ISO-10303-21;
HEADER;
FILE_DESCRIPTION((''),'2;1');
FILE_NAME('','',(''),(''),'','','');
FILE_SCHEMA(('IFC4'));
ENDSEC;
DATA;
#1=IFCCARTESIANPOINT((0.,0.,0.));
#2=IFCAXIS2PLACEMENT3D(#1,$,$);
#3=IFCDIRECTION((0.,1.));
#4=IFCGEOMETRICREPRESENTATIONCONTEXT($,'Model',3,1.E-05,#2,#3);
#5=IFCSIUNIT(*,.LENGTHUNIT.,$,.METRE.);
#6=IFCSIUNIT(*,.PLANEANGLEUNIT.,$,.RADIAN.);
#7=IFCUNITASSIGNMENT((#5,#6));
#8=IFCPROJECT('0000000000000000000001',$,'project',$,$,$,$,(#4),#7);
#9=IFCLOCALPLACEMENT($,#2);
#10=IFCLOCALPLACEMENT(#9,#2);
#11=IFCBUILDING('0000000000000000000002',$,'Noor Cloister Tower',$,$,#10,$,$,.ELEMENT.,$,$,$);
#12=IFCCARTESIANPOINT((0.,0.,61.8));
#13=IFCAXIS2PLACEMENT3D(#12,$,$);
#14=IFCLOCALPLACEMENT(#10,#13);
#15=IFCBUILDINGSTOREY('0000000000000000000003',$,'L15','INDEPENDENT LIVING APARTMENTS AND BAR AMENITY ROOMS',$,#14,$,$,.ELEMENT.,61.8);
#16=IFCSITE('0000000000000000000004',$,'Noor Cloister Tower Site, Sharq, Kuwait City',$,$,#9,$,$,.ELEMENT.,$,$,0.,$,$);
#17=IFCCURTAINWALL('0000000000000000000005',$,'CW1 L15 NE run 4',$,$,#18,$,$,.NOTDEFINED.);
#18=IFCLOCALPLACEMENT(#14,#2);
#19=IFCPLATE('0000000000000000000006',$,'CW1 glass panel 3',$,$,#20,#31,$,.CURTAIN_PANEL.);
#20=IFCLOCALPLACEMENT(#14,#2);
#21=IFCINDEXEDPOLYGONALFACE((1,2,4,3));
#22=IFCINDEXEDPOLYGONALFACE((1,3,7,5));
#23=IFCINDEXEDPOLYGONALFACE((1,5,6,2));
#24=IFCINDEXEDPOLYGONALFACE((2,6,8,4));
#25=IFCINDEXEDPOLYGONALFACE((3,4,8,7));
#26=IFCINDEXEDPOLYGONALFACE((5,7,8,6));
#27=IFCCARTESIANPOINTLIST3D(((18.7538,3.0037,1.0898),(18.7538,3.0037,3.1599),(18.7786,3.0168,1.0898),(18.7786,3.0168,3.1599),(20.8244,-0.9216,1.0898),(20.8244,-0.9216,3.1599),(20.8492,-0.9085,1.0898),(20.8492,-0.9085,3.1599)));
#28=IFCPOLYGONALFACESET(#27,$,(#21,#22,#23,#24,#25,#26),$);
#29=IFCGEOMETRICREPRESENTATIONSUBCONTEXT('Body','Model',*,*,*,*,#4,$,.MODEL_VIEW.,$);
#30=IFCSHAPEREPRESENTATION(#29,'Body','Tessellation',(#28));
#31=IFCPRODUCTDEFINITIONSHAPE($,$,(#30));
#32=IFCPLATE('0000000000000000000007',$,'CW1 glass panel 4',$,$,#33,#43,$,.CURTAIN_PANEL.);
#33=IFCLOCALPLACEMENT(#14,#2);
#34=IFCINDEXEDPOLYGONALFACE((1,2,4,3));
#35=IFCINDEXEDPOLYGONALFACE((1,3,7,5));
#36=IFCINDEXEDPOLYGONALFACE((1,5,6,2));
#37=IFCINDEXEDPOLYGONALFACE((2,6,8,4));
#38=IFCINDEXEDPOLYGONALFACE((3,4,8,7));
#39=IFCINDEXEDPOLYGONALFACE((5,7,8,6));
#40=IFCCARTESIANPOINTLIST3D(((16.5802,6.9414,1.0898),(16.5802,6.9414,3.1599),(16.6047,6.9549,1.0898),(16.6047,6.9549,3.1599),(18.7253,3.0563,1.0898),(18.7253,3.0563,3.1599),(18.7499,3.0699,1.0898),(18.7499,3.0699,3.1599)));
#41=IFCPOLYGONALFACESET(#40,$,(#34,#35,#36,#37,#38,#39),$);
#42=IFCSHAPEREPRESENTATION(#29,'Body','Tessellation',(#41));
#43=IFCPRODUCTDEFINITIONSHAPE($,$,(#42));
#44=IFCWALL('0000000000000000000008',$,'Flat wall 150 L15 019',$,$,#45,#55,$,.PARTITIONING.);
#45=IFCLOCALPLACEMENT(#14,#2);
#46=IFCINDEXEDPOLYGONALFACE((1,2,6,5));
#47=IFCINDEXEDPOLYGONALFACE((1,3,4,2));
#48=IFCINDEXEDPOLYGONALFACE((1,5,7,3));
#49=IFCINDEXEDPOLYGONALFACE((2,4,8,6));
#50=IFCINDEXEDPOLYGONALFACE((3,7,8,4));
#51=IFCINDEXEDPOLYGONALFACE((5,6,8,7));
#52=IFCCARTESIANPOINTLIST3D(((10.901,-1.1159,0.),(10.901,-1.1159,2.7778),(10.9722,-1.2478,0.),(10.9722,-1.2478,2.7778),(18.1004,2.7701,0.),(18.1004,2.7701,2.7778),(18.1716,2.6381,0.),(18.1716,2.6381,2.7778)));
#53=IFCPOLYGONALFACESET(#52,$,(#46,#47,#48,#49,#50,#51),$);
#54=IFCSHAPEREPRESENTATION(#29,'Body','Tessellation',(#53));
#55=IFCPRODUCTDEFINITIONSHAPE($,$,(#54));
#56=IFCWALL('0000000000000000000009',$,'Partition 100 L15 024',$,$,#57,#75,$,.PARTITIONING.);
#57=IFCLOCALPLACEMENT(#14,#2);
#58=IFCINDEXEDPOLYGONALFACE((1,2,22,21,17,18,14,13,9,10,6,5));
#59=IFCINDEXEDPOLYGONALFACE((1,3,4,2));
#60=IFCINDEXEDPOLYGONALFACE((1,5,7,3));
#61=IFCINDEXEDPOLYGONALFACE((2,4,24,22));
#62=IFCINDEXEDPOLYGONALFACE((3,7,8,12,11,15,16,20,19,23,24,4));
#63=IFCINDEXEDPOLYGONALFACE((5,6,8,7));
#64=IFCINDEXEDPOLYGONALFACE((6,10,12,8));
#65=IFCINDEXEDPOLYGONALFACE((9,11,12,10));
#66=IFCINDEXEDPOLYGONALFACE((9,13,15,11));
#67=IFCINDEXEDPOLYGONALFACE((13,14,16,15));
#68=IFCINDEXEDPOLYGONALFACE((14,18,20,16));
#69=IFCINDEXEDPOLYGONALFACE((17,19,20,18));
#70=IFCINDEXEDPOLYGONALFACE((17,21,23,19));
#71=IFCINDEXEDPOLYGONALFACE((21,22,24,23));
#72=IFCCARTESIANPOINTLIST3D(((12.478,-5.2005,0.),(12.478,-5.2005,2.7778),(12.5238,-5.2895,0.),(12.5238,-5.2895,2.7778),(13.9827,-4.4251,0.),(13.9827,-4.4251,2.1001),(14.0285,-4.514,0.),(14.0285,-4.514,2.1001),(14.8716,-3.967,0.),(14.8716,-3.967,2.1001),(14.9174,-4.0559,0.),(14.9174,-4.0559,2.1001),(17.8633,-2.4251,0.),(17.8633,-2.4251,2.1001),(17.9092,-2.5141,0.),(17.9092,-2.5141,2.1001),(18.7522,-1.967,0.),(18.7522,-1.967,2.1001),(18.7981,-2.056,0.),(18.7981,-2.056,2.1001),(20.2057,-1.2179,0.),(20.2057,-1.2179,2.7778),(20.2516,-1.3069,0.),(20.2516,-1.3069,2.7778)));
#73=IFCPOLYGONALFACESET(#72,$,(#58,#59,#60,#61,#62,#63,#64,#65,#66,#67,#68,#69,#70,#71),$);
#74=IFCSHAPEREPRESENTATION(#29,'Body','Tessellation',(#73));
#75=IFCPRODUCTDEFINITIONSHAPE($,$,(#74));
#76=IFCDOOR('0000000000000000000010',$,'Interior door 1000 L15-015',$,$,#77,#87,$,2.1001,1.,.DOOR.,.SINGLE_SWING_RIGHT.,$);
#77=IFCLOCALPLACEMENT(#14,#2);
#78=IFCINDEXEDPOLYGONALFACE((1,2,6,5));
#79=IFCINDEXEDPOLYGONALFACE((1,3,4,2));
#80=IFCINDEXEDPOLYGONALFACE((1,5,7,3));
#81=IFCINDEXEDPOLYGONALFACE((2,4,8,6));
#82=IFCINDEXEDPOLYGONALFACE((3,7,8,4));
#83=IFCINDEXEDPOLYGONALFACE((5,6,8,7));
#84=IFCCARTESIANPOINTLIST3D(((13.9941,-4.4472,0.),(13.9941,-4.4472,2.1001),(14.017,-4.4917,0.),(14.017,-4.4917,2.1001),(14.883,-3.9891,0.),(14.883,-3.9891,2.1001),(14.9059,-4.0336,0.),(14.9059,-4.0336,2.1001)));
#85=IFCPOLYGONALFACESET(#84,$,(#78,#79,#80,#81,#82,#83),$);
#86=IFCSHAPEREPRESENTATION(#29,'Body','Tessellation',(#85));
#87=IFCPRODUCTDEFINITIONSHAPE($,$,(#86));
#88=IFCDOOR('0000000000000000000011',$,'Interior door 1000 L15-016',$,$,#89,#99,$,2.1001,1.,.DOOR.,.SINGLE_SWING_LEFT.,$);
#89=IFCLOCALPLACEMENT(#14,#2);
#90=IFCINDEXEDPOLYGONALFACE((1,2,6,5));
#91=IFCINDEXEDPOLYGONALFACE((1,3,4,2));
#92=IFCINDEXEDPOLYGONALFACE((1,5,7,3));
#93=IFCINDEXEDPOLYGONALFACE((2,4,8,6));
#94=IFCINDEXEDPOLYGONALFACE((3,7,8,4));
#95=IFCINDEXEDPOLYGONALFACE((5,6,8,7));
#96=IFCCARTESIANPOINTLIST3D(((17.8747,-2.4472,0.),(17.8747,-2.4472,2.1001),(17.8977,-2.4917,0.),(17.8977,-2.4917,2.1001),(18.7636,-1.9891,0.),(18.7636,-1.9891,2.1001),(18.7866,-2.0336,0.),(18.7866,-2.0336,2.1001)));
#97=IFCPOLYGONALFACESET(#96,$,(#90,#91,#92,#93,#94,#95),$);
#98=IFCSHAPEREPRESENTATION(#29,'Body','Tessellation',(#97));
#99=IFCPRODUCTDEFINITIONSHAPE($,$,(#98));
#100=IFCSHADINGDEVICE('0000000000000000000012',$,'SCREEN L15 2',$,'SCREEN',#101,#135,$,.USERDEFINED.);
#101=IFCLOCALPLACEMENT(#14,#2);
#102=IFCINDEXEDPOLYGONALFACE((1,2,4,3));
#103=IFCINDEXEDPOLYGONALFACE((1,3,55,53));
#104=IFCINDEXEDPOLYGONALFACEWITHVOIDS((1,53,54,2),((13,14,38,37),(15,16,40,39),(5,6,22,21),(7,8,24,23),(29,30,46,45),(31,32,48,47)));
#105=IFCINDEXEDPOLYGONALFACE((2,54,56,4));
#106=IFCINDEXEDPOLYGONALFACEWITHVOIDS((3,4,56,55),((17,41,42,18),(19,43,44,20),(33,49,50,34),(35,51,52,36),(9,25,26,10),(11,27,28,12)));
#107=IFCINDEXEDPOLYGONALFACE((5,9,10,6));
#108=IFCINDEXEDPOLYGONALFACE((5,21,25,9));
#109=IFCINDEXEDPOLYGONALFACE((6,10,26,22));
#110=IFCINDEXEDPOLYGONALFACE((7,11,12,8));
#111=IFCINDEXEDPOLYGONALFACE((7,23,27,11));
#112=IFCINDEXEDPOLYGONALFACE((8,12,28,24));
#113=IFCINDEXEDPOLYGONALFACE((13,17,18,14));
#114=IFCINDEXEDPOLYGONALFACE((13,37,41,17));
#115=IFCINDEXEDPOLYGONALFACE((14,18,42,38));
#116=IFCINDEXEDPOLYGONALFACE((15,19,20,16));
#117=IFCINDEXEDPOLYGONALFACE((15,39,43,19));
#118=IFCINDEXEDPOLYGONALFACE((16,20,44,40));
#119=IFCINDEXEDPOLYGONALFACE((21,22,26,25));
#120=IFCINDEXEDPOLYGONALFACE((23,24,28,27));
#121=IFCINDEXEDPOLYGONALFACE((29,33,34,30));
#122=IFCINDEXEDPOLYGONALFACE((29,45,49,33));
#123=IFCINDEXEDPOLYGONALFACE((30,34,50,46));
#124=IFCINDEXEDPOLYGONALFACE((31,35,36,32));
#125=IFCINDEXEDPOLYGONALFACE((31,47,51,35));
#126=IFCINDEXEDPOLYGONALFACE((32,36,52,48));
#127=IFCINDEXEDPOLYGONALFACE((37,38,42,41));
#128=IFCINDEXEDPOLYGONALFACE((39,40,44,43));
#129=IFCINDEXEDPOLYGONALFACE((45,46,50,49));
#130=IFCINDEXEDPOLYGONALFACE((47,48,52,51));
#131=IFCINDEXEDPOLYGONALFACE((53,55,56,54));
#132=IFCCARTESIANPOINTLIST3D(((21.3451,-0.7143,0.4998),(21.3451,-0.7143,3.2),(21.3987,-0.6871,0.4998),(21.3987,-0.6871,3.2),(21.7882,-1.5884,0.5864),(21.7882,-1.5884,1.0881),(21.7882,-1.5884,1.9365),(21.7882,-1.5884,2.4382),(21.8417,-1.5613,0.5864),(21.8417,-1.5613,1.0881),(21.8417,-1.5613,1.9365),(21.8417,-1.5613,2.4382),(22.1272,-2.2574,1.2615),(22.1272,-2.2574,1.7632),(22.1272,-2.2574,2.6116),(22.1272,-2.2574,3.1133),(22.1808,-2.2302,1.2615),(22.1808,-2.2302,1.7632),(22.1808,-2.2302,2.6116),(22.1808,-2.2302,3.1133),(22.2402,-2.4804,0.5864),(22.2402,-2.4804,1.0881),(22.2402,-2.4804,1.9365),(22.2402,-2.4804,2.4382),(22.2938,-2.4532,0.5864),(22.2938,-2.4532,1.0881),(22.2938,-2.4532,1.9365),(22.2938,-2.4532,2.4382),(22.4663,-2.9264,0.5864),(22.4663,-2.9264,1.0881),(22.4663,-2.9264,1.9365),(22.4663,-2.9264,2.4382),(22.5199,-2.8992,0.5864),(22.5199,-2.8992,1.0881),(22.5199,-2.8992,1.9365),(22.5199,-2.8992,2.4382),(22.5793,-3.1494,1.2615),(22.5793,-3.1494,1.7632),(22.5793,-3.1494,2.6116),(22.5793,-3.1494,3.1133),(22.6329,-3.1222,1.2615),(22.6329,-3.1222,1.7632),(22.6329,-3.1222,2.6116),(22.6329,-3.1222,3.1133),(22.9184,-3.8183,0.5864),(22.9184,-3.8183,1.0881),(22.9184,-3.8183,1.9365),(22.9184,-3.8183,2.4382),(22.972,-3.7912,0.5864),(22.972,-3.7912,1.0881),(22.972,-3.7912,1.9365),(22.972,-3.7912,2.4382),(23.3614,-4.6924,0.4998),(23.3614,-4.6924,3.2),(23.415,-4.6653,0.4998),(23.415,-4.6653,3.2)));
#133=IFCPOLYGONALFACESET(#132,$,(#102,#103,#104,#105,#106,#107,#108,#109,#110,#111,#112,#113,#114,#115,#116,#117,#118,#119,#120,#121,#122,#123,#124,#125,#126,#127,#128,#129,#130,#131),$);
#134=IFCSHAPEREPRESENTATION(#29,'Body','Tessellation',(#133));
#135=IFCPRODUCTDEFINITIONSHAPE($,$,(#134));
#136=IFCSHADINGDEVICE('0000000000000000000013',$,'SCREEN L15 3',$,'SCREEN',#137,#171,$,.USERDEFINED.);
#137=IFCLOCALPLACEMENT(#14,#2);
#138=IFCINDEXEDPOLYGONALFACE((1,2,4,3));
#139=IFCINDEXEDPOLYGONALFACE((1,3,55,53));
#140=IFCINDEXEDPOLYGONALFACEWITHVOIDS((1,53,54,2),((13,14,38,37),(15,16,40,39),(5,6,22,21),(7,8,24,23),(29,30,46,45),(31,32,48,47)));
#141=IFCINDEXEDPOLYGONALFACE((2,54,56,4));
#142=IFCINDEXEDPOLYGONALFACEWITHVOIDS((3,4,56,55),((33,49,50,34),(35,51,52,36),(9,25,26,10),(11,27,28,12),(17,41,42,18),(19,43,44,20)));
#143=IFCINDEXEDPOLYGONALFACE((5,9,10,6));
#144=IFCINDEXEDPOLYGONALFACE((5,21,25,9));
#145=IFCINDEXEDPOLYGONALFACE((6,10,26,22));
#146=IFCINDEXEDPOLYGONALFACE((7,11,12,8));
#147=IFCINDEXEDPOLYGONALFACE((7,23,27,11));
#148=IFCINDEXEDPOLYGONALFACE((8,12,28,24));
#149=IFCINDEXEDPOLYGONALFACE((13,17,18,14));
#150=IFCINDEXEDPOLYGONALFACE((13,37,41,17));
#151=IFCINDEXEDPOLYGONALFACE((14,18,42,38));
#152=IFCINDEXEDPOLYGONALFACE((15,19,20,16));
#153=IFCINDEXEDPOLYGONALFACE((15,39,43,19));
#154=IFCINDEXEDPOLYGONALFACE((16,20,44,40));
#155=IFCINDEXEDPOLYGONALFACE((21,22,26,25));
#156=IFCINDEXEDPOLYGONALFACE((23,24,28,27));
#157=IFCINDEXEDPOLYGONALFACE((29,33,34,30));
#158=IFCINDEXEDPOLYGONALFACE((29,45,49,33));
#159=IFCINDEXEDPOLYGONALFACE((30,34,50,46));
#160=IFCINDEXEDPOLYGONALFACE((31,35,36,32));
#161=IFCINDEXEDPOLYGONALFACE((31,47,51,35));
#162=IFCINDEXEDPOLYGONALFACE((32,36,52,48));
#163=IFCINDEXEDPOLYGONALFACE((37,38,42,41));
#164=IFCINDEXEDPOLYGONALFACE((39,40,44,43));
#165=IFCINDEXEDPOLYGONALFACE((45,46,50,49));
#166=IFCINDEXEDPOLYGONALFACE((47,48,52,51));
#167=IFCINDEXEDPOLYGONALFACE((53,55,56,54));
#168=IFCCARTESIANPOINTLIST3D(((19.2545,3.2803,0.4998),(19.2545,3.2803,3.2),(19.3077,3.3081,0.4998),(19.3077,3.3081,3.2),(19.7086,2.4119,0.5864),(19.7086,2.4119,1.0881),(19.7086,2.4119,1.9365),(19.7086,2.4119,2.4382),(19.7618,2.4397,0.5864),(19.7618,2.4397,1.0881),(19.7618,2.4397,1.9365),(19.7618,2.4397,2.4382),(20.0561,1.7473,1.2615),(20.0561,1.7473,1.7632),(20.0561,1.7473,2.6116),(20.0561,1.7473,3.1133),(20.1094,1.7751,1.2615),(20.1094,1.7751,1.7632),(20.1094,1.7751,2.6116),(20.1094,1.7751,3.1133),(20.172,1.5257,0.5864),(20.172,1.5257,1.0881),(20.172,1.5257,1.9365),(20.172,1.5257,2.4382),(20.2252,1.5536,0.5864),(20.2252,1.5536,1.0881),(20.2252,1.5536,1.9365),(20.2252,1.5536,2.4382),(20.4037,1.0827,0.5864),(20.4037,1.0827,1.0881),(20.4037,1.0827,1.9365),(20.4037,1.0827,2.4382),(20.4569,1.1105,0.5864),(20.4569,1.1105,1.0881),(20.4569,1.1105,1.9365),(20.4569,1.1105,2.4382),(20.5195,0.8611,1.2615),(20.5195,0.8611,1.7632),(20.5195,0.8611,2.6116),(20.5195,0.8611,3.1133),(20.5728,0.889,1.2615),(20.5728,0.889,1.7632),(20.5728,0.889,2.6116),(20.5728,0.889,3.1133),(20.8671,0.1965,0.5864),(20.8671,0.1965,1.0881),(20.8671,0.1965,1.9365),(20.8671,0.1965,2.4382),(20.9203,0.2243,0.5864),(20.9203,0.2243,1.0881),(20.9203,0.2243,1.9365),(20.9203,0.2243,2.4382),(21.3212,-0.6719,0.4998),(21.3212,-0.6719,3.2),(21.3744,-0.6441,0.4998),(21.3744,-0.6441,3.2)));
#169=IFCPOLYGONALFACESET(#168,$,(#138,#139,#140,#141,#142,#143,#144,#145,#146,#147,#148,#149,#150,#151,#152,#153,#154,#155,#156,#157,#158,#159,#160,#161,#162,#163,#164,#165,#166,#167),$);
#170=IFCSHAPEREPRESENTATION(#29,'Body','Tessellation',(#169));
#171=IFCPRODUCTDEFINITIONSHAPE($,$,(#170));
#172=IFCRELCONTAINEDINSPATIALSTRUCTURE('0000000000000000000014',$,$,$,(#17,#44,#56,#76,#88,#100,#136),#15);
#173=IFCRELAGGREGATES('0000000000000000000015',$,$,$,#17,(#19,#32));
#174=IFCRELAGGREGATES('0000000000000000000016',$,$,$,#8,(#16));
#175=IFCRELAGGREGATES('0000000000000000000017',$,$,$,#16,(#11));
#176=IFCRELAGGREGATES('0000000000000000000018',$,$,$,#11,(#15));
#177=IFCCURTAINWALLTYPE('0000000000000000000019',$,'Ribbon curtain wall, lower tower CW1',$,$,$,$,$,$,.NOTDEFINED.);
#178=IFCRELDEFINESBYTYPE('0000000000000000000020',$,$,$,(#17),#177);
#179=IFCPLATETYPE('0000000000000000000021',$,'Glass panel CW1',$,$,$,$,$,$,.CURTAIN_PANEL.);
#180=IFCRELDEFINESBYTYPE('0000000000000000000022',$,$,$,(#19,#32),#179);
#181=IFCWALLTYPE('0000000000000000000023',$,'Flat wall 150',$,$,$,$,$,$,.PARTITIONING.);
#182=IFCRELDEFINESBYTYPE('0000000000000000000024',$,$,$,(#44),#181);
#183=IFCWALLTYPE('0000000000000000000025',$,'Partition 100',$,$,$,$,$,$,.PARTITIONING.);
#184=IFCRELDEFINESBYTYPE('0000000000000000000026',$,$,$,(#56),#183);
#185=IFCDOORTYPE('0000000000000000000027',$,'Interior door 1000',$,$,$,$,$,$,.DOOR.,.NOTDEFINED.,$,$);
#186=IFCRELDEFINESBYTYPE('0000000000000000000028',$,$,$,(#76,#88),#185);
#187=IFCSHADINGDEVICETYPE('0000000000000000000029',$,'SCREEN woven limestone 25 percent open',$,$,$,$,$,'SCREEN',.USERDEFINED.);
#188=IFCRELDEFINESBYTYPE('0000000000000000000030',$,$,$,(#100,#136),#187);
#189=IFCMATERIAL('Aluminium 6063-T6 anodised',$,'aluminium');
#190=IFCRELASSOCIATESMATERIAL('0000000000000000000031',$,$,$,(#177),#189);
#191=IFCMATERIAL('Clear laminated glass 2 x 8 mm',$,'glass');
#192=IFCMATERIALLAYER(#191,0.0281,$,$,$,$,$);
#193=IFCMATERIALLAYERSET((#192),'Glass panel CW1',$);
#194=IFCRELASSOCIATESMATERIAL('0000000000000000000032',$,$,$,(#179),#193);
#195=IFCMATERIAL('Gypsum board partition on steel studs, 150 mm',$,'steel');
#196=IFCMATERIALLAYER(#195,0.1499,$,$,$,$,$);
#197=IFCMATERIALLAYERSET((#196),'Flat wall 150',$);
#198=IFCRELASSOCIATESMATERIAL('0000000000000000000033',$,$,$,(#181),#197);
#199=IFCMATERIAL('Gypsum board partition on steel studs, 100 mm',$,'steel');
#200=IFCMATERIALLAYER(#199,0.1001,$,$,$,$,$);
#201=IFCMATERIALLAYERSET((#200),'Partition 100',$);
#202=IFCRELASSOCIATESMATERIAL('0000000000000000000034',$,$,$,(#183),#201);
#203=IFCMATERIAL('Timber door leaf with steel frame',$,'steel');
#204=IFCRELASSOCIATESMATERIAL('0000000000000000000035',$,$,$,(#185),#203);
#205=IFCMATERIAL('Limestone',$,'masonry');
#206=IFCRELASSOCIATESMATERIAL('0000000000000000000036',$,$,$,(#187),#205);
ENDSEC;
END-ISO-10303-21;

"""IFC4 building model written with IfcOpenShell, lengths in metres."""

from ifc_helpers import new_model, si_unit, direction, frame, frame_2d, origin, origin_2d, place, context, subcontext, project, spatial, polyline, rectangle, outline, extrude, material, layer, layer_set, material_profile, profile_set, type_object, element, fill, aggregate, save


model = new_model("IFC4")

# Units and contexts
model_context = context("Model", 3, precision=1e-05, world=origin(), true_north=direction((0.0, 1.0)))
body_context = subcontext(model_context, "Body", "Model", "MODEL_VIEW")
ifc_project = project(units=[si_unit("LENGTHUNIT", "METRE"), si_unit("PLANEANGLEUNIT", "RADIAN")], contexts=[model_context])

# Site, building, storey
site_placement = place(None, origin())
site = spatial("IfcSite", under=ifc_project, at=site_placement, Name="Noor Cloister Tower Site, Sharq, Kuwait City", CompositionType="ELEMENT", RefElevation=0.0)
building_placement = place(site_placement, origin())
building = spatial("IfcBuilding", under=site, at=building_placement, Name="Noor Cloister Tower", CompositionType="ELEMENT")
storey_placement = place(building_placement, frame((0.0, 0.0, 61.8)))
storey = spatial("IfcBuildingStorey", under=building, at=storey_placement, Name="L15", Description="INDEPENDENT LIVING APARTMENTS AND BAR AMENITY ROOMS", CompositionType="ELEMENT", Elevation=61.8)

# Curtain wall
ifc_material_1 = material(Name="Aluminium 6063-T6 anodised", Category="aluminium")
curtain_wall_type = type_object("IfcCurtainWallType", Name="Ribbon curtain wall, lower tower CW1", PredefinedType="NOTDEFINED", material=ifc_material_1)
curtain_wall_placement = place(storey_placement, origin())
curtain_wall = element("IfcCurtainWall", 1, at=curtain_wall_placement, inside=storey, type_object=curtain_wall_type, Name="CW1 L15 NE run 4", PredefinedType="NOTDEFINED")

# Plates
ifc_material_2 = material(Name="Clear laminated glass 2 x 8 mm", Category="glass")
ifc_layer_1 = layer(ifc_material_2, 0.0281)
ifc_layer_set_1 = layer_set([ifc_layer_1], Name="Glass panel CW1")
plate_type = type_object("IfcPlateType", Name="Glass panel CW1", PredefinedType="CURTAIN_PANEL", material=ifc_layer_set_1)
plate_1_placement = place(storey_placement, frame((19.8015, 1.0476, 1.0898), z_axis=(0.0, 0.0, 1.0), x_axis=(-0.466568, 0.884486, 0.0)))
plate_1 = element("IfcPlate", 2, at=plate_1_placement, type_object=plate_type, Name="CW1 glass panel 3", PredefinedType="CURTAIN_PANEL", context=body_context, shape_type="SweptSolid", body=[
    extrude(rectangle(XDim=4.438, YDim=0.0281, at=origin_2d()), origin(), (0.0, 0.0, 1.0), 2.0701),
])
plate_2_placement = place(storey_placement, frame((17.665, 5.0056, 1.0898), z_axis=(0.0, 0.0, 1.0), x_axis=(-0.483372, 0.875415, 0.0)))
plate_2 = element("IfcPlate", 3, at=plate_2_placement, type_object=plate_type, Name="CW1 glass panel 4", PredefinedType="CURTAIN_PANEL", context=body_context, shape_type="SweptSolid", body=[
    extrude(rectangle(XDim=4.438, YDim=0.0281, at=origin_2d()), origin(), (0.0, 0.0, 1.0), 2.0701),
])
aggregate(curtain_wall, [plate_1, plate_2])

# Wall
ifc_material_3 = material(Name="Gypsum board partition on steel studs, 150 mm", Category="steel")
ifc_layer_2 = layer(ifc_material_3, 0.1499)
ifc_layer_set_2 = layer_set([ifc_layer_2], Name="Flat wall 150")
wall_type_1 = type_object("IfcWallType", Name="Flat wall 150", PredefinedType="PARTITIONING", material=ifc_layer_set_2)
wall_1_placement = place(storey_placement, frame((18.136, 2.7041, 0.0), z_axis=(0.0, 0.0, 1.0), x_axis=(-0.879993, -0.474986, 0.0)))
element("IfcWall", 4, at=wall_1_placement, inside=storey, type_object=wall_type_1, Name="Flat wall 150 L15 019", PredefinedType="PARTITIONING", context=body_context, shape_type="SweptSolid", body=[
    extrude(rectangle(XDim=8.1812, YDim=0.1499, at=frame_2d((4.0906, 0.0))), origin(), (0.0, 0.0, 1.0), 2.7778),
])

# Wall, openings, doors
ifc_material_4 = material(Name="Gypsum board partition on steel studs, 100 mm", Category="steel")
ifc_layer_3 = layer(ifc_material_4, 0.1001)
ifc_layer_set_3 = layer_set([ifc_layer_3], Name="Partition 100")
wall_type_2 = type_object("IfcWallType", Name="Partition 100", PredefinedType="PARTITIONING", material=ifc_layer_set_3)
wall_2_placement = place(storey_placement, frame((20.2285, -1.2625, 0.0), z_axis=(0.0, 0.0, 1.0), x_axis=(-0.888896, -0.45811, 0.0)))
wall_2 = element("IfcWall", 5, at=wall_2_placement, inside=storey, type_object=wall_type_2, Name="Partition 100 L15 024", PredefinedType="PARTITIONING", context=body_context, shape_type="SweptSolid", body=[
    extrude(rectangle(XDim=8.6936, YDim=0.1001, at=frame_2d((4.3467, 0.0))), origin(), (0.0, 0.0, 1.0), 2.7778),
])
opening_1_placement = place(wall_2_placement, frame((6.0007, 0.0, 0.0)))
opening_1 = element("IfcOpeningElement", 6, at=opening_1_placement, cuts=wall_2, PredefinedType="OPENING", context=body_context, shape_type="SweptSolid", body=[
    extrude(rectangle(XDim=1.0, YDim=2.1001, at=frame_2d((0.5, 1.05))), frame((0.0, 0.0601, 0.0), z_axis=(0.0, -1.0, 0.0), x_axis=(1.0, 0.0, 0.0)), (0.0, 0.0, 1.0), 0.1201),
])
opening_2_placement = place(wall_2_placement, frame((1.635, 0.0, 0.0)))
opening_2 = element("IfcOpeningElement", 7, at=opening_2_placement, cuts=wall_2, PredefinedType="OPENING", context=body_context, shape_type="SweptSolid", body=[
    extrude(rectangle(XDim=1.0, YDim=2.1001, at=frame_2d((0.5, 1.05))), frame((0.0, 0.0601, 0.0), z_axis=(0.0, -1.0, 0.0), x_axis=(1.0, 0.0, 0.0)), (0.0, 0.0, 1.0), 0.1201),
])
ifc_material_5 = material(Name="Timber door leaf with steel frame", Category="steel")
door_type = type_object("IfcDoorType", Name="Interior door 1000", OperationType="NOTDEFINED", PredefinedType="DOOR", material=ifc_material_5)
door_1_placement = place(opening_1_placement, origin())
door_1 = element("IfcDoor", 8, at=door_1_placement, inside=storey, type_object=door_type, Name="Interior door 1000 L15-015", OperationType="SINGLE_SWING_RIGHT", OverallHeight=2.1001, OverallWidth=1.0, PredefinedType="DOOR", context=body_context, shape_type="SweptSolid", body=[
    extrude(rectangle(XDim=1.0, YDim=2.1001, at=frame_2d((0.5, 1.05))), frame((0.0, 0.0249, 0.0), z_axis=(0.0, -1.0, 0.0), x_axis=(1.0, 0.0, 0.0)), (0.0, 0.0, 1.0), 0.05),
])
fill(opening_1, door_1)
door_2_placement = place(opening_2_placement, origin())
door_2 = element("IfcDoor", 9, at=door_2_placement, inside=storey, type_object=door_type, Name="Interior door 1000 L15-016", OperationType="SINGLE_SWING_LEFT", OverallHeight=2.1001, OverallWidth=1.0, PredefinedType="DOOR", context=body_context, shape_type="SweptSolid", body=[
    extrude(rectangle(XDim=1.0, YDim=2.1001, at=frame_2d((0.5, 1.05))), frame((0.0, 0.0249, 0.0), z_axis=(0.0, -1.0, 0.0), x_axis=(1.0, 0.0, 0.0)), (0.0, 0.0, 1.0), 0.05),
])
fill(opening_2, door_2)

# Shading devices
ifc_material_6 = material(Name="Limestone", Category="masonry")
ifc_material_profile_1 = material_profile(ifc_material_6, outline(polyline([(-2.23, -1.3501), (2.23, -1.3501), (2.23, 1.3501), (-2.23, 1.3501), (-2.23, -1.3501)]), holes=[polyline([(-1.25, -1.2634), (-0.25, -1.2634), (-0.25, -0.7617), (-1.25, -0.7617), (-1.25, -1.2634)]), polyline([(0.25, -1.2634), (1.25, -1.2634), (1.25, -0.7617), (0.25, -0.7617), (0.25, -1.2634)]), polyline([(-0.5, -0.5884), (0.5, -0.5884), (0.5, -0.0867), (-0.5, -0.0867), (-0.5, -0.5884)]), polyline([(-1.25, 0.0867), (-0.25, 0.0867), (-0.25, 0.5884), (-1.25, 0.5884), (-1.25, 0.0867)]), polyline([(0.25, 0.0867), (1.25, 0.0867), (1.25, 0.5884), (0.25, 0.5884), (0.25, 0.0867)]), polyline([(-0.5, 0.7617), (0.5, 0.7617), (0.5, 1.2634), (-0.5, 1.2634), (-0.5, 0.7617)])]), Name="Woven screen 25 percent open")
ifc_profile_set_1 = profile_set([ifc_material_profile_1], Name="Limestone")
shading_device_type = type_object("IfcShadingDeviceType", Name="SCREEN woven limestone 25 percent open", ElementType="SCREEN", PredefinedType="USERDEFINED", material=ifc_profile_set_1)
for number, where, z_axis, x_axis, name in (
    (10, (22.3533, -2.7034, 1.8499), (0.89197, 0.452094, 0.0), (-0.452094, 0.89197, 0.0), "SCREEN L15 2"),
    (11, (20.2878, 1.3042, 1.8499), (0.88615, 0.463399, 0.0), (-0.463399, 0.88615, 0.0), "SCREEN L15 3"),
):
    element("IfcShadingDevice", number, at=place(storey_placement, frame(where, z_axis=z_axis, x_axis=x_axis)), inside=storey, type_object=shading_device_type, Name=name, ObjectType="SCREEN", PredefinedType="USERDEFINED", context=body_context, shape_type="SweptSolid", body=[
        extrude(outline(polyline([(-2.23, -1.3501), (2.23, -1.3501), (2.23, 1.3501), (-2.23, 1.3501), (-2.23, -1.3501)]), holes=[polyline([(-1.25, -1.2634), (-0.25, -1.2634), (-0.25, -0.7617), (-1.25, -0.7617), (-1.25, -1.2634)]), polyline([(0.25, -1.2634), (1.25, -1.2634), (1.25, -0.7617), (0.25, -0.7617), (0.25, -1.2634)]), polyline([(-0.5, -0.5884), (0.5, -0.5884), (0.5, -0.0867), (-0.5, -0.0867), (-0.5, -0.5884)]), polyline([(-1.25, 0.0867), (-0.25, 0.0867), (-0.25, 0.5884), (-1.25, 0.5884), (-1.25, 0.0867)]), polyline([(0.25, 0.0867), (1.25, 0.0867), (1.25, 0.5884), (0.25, 0.5884), (0.25, 0.0867)]), polyline([(-0.5, 0.7617), (0.5, 0.7617), (0.5, 1.2634), (-0.5, 1.2634), (-0.5, 0.7617)])]), origin(), (0.0, 0.0, 1.0), 0.0601),
    ])

save(model, "model.ifc")
